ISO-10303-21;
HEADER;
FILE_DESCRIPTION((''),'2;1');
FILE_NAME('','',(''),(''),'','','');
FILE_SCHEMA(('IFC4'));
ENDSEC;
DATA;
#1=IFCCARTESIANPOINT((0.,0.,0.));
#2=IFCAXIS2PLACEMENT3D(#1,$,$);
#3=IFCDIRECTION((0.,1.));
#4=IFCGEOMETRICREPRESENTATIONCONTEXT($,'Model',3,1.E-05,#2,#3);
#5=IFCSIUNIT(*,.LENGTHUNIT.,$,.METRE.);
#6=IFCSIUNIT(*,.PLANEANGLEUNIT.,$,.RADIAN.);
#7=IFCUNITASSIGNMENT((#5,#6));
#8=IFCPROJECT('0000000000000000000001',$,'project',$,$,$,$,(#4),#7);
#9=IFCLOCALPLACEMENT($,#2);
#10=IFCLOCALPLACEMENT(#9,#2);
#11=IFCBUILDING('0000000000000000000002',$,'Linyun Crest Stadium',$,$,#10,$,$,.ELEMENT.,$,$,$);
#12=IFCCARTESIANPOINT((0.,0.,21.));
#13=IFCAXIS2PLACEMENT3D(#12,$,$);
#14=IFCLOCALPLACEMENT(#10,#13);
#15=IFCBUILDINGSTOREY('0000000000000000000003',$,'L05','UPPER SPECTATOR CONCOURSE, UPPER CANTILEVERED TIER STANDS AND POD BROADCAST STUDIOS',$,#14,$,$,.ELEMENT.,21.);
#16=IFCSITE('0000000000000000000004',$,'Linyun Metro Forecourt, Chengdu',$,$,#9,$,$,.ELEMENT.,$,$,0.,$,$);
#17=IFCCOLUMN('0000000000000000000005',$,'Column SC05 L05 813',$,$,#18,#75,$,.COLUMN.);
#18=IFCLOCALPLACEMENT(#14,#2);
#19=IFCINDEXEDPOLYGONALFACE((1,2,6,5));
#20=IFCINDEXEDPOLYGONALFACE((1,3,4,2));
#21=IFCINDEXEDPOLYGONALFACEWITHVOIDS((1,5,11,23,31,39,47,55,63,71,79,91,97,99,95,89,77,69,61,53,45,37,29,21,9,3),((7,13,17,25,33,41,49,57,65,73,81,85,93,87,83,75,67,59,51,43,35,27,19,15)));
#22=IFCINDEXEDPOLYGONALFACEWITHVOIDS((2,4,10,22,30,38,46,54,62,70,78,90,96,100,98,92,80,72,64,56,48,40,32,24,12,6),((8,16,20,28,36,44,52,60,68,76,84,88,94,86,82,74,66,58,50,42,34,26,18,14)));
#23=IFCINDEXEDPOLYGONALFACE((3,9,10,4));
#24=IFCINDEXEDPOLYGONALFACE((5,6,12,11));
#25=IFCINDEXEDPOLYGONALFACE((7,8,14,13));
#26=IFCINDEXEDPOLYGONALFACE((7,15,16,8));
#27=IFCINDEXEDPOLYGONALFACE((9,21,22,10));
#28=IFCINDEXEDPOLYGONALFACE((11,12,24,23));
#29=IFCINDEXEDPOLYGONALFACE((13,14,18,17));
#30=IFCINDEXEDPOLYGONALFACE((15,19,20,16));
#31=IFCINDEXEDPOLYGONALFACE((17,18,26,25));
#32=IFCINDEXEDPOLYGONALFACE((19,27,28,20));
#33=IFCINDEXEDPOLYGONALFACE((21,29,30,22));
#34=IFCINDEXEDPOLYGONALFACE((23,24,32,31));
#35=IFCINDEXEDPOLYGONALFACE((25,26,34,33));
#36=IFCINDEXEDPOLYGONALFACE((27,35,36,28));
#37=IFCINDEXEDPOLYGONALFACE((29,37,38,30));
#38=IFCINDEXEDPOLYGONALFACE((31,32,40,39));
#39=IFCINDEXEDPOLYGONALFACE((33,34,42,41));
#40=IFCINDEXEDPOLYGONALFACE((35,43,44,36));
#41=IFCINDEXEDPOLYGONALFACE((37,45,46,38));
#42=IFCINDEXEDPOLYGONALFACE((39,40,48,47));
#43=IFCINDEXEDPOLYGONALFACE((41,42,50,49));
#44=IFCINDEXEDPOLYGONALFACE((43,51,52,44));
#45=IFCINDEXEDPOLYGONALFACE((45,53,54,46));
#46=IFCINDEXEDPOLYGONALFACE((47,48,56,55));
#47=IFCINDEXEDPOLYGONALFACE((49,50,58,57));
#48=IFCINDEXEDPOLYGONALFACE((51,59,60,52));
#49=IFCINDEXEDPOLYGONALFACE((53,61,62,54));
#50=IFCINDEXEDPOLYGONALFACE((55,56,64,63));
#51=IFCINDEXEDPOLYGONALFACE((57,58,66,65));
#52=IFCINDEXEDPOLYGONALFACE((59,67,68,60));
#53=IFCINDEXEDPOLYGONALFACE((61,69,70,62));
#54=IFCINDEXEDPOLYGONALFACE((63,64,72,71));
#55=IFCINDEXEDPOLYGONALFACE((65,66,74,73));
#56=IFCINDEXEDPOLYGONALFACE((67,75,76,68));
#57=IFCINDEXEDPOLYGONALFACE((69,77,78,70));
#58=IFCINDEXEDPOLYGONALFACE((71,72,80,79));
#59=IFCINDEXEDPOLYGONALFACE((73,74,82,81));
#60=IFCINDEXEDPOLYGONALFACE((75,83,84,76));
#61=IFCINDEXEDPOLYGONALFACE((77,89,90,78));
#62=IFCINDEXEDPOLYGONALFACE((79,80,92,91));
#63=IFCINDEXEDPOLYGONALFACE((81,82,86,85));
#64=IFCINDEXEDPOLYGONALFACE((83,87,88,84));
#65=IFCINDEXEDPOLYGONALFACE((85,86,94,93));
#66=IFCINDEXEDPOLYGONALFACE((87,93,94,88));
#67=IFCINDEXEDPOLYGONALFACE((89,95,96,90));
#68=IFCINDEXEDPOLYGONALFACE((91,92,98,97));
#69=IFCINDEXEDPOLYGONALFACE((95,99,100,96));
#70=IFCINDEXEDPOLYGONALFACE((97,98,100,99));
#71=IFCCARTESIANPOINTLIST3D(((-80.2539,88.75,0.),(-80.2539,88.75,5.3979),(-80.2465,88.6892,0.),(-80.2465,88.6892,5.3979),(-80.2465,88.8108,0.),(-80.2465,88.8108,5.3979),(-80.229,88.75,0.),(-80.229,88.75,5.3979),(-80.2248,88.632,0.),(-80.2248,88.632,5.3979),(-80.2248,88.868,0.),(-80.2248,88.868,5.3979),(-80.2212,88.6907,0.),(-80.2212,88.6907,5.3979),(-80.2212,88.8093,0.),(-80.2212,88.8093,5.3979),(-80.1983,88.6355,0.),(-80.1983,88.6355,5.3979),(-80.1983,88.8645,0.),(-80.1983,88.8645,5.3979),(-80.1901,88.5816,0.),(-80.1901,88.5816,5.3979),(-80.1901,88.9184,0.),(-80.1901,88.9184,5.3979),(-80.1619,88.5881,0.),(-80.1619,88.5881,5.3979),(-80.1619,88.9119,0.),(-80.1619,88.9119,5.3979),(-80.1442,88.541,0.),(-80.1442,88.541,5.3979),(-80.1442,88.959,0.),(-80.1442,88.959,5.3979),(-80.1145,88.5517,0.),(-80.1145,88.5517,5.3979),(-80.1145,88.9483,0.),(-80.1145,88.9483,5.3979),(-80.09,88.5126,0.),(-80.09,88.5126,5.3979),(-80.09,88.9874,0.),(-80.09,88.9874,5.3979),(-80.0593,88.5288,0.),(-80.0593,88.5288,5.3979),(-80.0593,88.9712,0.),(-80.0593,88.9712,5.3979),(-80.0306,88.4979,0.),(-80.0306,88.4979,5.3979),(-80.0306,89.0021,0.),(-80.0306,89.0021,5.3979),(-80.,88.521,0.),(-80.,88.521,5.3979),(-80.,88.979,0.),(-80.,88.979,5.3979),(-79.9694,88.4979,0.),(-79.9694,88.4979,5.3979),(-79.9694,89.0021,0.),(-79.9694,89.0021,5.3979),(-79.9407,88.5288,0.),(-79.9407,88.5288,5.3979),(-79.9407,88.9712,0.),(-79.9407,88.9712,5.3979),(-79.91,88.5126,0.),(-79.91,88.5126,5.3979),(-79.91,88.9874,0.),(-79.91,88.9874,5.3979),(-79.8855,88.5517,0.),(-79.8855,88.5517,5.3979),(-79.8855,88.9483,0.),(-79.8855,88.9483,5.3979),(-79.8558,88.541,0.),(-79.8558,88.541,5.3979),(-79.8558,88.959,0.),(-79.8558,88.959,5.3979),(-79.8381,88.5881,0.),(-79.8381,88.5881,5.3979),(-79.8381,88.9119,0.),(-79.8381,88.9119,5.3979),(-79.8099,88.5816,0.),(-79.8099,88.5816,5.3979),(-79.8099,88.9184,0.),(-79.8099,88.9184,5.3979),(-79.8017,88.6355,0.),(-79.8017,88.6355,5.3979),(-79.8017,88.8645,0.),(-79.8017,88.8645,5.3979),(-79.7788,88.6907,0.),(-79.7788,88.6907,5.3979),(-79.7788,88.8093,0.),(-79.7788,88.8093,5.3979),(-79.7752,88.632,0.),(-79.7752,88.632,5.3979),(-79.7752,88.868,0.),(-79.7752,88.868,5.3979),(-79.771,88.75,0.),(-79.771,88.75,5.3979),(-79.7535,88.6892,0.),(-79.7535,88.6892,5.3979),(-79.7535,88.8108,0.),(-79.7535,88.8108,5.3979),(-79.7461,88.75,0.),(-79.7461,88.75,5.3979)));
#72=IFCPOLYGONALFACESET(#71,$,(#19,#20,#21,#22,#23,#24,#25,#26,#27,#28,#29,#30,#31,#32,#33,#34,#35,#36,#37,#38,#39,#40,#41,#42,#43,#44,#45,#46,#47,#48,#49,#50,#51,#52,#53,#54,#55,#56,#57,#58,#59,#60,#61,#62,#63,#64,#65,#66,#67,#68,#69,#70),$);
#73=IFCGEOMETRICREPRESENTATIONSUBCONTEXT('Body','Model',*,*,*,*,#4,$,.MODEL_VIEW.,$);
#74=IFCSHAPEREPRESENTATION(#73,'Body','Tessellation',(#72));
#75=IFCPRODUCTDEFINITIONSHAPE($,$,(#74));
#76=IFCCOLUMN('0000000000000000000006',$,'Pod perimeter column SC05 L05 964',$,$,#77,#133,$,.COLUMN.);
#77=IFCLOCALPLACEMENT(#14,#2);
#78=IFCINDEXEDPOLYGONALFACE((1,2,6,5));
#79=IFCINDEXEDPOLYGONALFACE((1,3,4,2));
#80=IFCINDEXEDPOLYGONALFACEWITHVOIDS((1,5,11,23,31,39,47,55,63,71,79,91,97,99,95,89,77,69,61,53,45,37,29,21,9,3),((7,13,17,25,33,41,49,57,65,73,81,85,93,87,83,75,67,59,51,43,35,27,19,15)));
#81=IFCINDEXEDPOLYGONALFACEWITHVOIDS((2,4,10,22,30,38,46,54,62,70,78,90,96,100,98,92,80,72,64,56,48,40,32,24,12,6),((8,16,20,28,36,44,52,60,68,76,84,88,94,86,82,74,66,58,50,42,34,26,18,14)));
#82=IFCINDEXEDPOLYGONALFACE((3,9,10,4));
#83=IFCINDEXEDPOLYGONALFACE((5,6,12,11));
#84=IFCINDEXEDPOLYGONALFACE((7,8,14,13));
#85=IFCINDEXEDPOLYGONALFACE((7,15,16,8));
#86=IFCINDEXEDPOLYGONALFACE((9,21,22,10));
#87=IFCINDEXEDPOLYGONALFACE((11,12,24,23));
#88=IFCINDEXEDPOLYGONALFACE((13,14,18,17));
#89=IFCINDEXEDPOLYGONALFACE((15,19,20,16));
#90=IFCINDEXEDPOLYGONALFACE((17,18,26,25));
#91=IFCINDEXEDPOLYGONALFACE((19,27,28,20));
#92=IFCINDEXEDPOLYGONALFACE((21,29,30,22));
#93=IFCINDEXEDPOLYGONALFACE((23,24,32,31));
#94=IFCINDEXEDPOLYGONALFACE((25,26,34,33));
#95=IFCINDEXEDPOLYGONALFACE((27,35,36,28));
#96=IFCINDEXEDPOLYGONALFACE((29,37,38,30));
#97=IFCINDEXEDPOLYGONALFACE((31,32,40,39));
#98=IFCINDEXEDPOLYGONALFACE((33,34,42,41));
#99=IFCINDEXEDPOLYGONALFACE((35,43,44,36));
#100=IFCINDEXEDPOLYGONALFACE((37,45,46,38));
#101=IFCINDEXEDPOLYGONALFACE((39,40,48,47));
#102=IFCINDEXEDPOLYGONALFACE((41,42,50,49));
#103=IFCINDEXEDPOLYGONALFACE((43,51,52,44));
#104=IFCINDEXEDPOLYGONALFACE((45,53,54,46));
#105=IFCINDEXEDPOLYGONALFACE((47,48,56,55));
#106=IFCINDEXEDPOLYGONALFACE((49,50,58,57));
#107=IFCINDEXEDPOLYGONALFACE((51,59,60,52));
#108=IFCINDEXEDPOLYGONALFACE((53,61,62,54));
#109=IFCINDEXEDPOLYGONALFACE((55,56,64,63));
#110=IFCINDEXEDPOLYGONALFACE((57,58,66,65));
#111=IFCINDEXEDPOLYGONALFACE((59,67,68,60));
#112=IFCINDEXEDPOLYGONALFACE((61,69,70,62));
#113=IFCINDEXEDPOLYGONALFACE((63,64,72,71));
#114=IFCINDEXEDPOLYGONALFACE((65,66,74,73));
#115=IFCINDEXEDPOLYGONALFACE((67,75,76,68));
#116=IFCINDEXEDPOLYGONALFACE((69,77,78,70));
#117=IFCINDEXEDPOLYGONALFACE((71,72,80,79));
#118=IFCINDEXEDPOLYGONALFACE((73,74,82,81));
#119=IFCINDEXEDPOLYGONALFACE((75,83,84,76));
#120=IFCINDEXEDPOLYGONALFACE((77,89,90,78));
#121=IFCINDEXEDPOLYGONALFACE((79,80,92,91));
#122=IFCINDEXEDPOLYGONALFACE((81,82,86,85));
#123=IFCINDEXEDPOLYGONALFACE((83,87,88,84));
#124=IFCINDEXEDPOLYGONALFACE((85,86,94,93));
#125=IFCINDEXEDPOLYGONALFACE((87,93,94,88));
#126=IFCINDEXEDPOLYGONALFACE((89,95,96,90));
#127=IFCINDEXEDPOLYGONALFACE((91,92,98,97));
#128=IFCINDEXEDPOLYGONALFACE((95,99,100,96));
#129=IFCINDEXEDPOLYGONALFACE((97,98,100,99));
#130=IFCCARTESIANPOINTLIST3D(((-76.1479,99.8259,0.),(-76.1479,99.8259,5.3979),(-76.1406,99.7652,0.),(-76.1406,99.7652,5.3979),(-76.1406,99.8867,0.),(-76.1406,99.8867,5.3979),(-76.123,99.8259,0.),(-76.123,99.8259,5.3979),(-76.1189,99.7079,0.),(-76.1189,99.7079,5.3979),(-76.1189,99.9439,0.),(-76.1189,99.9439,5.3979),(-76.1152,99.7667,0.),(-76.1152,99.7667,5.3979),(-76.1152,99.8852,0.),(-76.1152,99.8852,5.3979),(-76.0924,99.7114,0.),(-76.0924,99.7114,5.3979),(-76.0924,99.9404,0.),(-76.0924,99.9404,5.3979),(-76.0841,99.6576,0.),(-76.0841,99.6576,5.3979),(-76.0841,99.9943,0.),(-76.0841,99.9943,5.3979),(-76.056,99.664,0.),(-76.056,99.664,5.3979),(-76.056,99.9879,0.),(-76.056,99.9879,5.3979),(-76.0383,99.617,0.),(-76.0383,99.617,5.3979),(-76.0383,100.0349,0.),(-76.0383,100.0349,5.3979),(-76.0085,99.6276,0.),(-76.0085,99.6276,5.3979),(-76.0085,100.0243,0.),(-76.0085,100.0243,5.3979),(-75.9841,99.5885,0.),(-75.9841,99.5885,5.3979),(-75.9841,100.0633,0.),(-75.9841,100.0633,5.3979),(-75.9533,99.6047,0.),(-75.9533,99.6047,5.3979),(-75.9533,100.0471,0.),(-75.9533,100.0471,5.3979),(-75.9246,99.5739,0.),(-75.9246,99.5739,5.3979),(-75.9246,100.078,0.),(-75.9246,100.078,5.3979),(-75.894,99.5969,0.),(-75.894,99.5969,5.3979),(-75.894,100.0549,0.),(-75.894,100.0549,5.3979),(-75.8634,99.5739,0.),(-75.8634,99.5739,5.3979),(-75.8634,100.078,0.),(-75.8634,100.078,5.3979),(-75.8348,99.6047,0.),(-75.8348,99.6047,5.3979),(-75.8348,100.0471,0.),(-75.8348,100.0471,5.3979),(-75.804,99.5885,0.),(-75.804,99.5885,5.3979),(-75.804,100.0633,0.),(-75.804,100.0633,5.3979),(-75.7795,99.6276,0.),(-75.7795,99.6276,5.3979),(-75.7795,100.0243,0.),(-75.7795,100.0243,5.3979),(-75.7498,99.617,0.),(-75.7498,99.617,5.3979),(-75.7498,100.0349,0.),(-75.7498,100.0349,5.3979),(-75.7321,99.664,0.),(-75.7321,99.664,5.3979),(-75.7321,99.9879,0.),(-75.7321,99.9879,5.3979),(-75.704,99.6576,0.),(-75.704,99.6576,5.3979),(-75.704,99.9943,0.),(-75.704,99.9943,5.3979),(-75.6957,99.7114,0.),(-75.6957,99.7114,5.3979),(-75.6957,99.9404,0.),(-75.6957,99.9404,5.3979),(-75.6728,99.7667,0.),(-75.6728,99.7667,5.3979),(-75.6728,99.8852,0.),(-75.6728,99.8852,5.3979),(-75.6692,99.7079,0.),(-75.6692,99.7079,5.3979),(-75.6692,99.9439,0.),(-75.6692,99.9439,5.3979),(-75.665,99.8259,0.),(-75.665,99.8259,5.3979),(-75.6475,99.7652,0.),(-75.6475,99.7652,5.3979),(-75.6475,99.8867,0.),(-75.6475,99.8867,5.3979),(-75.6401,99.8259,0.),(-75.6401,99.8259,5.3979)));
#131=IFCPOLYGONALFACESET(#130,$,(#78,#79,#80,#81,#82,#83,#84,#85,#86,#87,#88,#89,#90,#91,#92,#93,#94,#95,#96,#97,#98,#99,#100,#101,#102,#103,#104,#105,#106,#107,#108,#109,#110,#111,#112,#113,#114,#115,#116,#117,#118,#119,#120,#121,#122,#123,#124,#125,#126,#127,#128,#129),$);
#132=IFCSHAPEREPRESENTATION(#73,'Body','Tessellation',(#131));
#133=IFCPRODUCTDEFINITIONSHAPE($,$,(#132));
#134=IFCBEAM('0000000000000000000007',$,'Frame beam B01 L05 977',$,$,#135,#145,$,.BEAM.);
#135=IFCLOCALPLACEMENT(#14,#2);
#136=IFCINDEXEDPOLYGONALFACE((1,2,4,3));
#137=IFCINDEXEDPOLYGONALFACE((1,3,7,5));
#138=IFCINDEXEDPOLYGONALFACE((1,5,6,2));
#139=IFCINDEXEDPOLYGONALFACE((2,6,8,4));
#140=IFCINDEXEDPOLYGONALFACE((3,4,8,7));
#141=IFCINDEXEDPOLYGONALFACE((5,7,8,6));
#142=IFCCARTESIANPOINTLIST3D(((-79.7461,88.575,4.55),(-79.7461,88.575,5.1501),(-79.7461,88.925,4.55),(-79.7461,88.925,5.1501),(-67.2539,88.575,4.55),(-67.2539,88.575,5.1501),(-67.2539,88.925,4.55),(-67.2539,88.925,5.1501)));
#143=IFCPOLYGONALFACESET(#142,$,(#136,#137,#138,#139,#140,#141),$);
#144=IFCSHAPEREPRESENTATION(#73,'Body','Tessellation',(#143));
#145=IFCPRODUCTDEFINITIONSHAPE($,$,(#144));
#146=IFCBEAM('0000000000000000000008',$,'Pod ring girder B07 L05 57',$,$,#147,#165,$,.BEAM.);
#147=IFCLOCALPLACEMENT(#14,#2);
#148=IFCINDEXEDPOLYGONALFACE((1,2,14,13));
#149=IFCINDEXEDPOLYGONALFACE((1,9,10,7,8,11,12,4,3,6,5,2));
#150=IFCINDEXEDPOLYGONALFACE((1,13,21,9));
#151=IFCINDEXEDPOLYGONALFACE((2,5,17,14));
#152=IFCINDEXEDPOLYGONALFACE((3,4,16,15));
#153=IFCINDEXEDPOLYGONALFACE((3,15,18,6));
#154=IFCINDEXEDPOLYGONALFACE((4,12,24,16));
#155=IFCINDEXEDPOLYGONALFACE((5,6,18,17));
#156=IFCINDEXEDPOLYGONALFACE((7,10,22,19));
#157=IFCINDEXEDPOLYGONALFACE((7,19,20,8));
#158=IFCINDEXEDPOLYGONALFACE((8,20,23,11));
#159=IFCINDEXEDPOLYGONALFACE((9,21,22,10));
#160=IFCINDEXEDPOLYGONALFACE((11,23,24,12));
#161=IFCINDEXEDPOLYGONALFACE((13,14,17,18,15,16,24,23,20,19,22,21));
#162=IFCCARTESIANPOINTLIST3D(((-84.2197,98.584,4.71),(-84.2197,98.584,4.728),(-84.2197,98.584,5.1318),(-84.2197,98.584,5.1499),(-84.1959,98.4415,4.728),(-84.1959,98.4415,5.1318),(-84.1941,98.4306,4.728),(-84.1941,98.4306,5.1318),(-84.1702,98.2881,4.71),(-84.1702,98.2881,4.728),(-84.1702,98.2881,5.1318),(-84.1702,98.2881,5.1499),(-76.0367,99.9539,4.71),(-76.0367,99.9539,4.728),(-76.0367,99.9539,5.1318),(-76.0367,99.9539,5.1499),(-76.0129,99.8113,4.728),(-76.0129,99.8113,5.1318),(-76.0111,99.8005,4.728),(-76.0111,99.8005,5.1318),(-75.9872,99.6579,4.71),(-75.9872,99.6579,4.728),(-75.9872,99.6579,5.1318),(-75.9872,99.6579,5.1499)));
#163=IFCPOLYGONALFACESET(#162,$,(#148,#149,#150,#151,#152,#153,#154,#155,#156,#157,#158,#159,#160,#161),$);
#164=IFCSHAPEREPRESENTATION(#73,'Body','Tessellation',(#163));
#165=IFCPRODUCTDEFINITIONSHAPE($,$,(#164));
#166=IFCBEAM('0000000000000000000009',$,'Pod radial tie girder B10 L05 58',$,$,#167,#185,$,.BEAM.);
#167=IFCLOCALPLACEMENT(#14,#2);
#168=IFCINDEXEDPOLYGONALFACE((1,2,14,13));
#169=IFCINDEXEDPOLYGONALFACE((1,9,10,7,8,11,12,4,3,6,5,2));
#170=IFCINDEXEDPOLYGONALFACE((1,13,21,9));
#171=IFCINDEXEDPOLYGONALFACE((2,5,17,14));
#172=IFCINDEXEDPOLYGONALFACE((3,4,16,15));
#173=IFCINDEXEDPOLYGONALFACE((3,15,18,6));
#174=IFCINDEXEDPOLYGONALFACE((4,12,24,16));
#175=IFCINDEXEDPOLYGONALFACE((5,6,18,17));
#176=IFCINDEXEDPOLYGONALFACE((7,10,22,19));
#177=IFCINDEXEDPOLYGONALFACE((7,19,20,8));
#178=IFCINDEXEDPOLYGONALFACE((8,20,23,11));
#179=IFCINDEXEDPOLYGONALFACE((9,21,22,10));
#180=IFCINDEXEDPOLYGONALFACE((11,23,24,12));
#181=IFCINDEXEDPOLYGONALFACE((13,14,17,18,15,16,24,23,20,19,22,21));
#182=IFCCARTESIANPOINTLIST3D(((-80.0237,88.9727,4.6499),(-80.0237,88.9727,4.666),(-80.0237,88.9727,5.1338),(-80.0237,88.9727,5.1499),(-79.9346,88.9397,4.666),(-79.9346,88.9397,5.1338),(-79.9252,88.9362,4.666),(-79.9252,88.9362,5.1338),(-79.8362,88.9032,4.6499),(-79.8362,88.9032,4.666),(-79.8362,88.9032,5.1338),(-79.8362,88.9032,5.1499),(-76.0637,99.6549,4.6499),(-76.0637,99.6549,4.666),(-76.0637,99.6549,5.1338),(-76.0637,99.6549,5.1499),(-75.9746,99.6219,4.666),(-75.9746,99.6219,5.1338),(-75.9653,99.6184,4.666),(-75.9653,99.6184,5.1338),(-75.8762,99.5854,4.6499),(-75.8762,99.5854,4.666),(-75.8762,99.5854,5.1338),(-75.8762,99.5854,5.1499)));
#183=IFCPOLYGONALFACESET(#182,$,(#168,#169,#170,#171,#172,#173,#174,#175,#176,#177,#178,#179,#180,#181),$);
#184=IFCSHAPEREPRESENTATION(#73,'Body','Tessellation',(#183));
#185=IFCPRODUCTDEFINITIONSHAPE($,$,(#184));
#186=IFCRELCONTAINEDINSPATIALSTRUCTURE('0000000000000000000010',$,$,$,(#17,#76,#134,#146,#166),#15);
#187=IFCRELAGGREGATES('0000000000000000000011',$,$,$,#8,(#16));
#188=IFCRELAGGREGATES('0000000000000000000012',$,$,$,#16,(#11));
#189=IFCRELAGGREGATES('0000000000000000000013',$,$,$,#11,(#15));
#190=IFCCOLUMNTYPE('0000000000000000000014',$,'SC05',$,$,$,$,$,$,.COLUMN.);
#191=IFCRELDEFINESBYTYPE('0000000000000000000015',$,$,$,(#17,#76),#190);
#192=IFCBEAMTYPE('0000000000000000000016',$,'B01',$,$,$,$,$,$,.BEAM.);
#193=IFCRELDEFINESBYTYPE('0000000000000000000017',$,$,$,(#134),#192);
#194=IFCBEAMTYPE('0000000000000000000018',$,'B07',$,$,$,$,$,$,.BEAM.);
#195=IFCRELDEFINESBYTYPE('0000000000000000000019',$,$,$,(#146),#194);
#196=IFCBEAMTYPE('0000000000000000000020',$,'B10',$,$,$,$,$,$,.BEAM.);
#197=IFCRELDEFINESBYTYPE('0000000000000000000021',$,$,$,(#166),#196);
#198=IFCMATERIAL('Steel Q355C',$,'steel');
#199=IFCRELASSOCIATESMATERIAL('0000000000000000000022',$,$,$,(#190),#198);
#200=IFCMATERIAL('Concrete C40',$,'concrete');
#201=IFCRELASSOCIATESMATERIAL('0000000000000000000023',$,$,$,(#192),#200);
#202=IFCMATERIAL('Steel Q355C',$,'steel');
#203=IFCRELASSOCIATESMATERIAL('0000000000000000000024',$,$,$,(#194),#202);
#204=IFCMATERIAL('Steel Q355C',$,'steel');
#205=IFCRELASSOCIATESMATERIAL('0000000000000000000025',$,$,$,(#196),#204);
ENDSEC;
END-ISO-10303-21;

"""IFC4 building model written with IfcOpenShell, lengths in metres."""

from ifc_helpers import new_model, si_unit, direction, frame, origin, origin_2d, place, context, subcontext, project, spatial, rectangle, hollow_circle, i_section, extrude, material, material_profile, profile_set, type_object, element, save


model = new_model("IFC4")

# Units and contexts
model_context = context("Model", 3, precision=1e-05, world=origin(), true_north=direction((0.0, 1.0)))
body_context = subcontext(model_context, "Body", "Model", "MODEL_VIEW")
ifc_project = project(units=[si_unit("LENGTHUNIT", "METRE"), si_unit("PLANEANGLEUNIT", "RADIAN")], contexts=[model_context])

# Site, building, storey
site_placement = place(None, origin())
site = spatial("IfcSite", under=ifc_project, at=site_placement, Name="Linyun Metro Forecourt, Chengdu", CompositionType="ELEMENT", RefElevation=0.0)
building_placement = place(site_placement, origin())
building = spatial("IfcBuilding", under=site, at=building_placement, Name="Linyun Crest Stadium", CompositionType="ELEMENT")
storey_placement = place(building_placement, frame((0.0, 0.0, 21.0)))
storey = spatial("IfcBuildingStorey", under=building, at=storey_placement, Name="L05", Description="UPPER SPECTATOR CONCOURSE, UPPER CANTILEVERED TIER STANDS AND POD BROADCAST STUDIOS", CompositionType="ELEMENT", Elevation=21.0)

# Columns
ifc_material_1 = material(Name="Steel Q355C", Category="steel")
ifc_material_profile_1 = material_profile(ifc_material_1, hollow_circle(Radius=0.2539, WallThickness=0.0249, at=origin_2d()), Name="CHS 508x25")
ifc_profile_set_1 = profile_set([ifc_material_profile_1], Name="Steel Q355C")
column_type = type_object("IfcColumnType", Name="SC05", PredefinedType="COLUMN", material=ifc_profile_set_1)
for number, where, z_axis, x_axis, name in (
    (1, (-80.0, 88.75, 0.0), (0.0, 0.0, 1.0), (1.0, 0.0, 0.0), "Column SC05 L05 813"),
    (2, (-75.894, 99.8259, 0.0), (0.0, 0.0, 1.0), (1.0, 0.0, 0.0), "Pod perimeter column SC05 L05 964"),
):
    element("IfcColumn", number, at=place(storey_placement, frame(where, z_axis=z_axis, x_axis=x_axis)), inside=storey, type_object=column_type, Name=name, PredefinedType="COLUMN", context=body_context, shape_type="SweptSolid", body=[
        extrude(hollow_circle(Radius=0.2539, WallThickness=0.0249, at=origin_2d()), origin(), (0.0, 0.0, 1.0), 5.3979),
    ])

# Beams
ifc_material_2 = material(Name="Concrete C40", Category="concrete")
ifc_material_profile_2 = material_profile(ifc_material_2, rectangle(XDim=0.3501, YDim=0.6001, at=origin_2d()), Name="RCB 600x350")
ifc_profile_set_2 = profile_set([ifc_material_profile_2], Name="Concrete C40")
beam_type_1 = type_object("IfcBeamType", Name="B01", PredefinedType="BEAM", material=ifc_profile_set_2)
beam_1_placement = place(storey_placement, frame((-79.7461, 88.75, 4.8501), z_axis=(1.0, 0.0, 0.0), x_axis=(0.0, 1.0, 0.0)))
element("IfcBeam", 3, at=beam_1_placement, inside=storey, type_object=beam_type_1, Name="Frame beam B01 L05 977", PredefinedType="BEAM", context=body_context, shape_type="SweptSolid", body=[
    extrude(rectangle(XDim=0.3501, YDim=0.6001, at=origin_2d()), origin(), (0.0, 0.0, 1.0), 12.4922),
])
ifc_material_3 = material(Name="Steel Q355C", Category="steel")
ifc_material_profile_3 = material_profile(ifc_material_3, i_section(OverallWidth=0.3, OverallDepth=0.4399, WebThickness=0.011, FlangeThickness=0.0181, at=origin_2d()), Name="HM 440x300")
ifc_profile_set_3 = profile_set([ifc_material_profile_3], Name="Steel Q355C")
beam_type_2 = type_object("IfcBeamType", Name="B07", PredefinedType="BEAM", material=ifc_profile_set_3)
beam_2_placement = place(storey_placement, frame((-76.012, 99.8059, 4.9299), z_axis=(-0.986276, -0.165105, 0.0), x_axis=(0.165105, -0.986276, 0.0)))
element("IfcBeam", 4, at=beam_2_placement, inside=storey, type_object=beam_type_2, Name="Pod ring girder B07 L05 57", PredefinedType="BEAM", context=body_context, shape_type="SweptSolid", body=[
    extrude(i_section(OverallWidth=0.3, OverallDepth=0.4399, WebThickness=0.011, FlangeThickness=0.0181, at=origin_2d()), origin(), (0.0, 0.0, 1.0), 8.2969),
])
ifc_material_4 = material(Name="Steel Q355C", Category="steel")
ifc_material_profile_4 = material_profile(ifc_material_4, i_section(OverallWidth=0.2, OverallDepth=0.5, WebThickness=0.01, FlangeThickness=0.0161, at=origin_2d()), Name="HN 500x200")
ifc_profile_set_4 = profile_set([ifc_material_profile_4], Name="Steel Q355C")
beam_type_3 = type_object("IfcBeamType", Name="B10", PredefinedType="BEAM", material=ifc_profile_set_4)
beam_3_placement = place(storey_placement, frame((-79.9299, 88.938, 4.8999), z_axis=(0.347594, 0.937645, 0.0), x_axis=(-0.937645, 0.347594, 0.0)))
element("IfcBeam", 5, at=beam_3_placement, inside=storey, type_object=beam_type_3, Name="Pod radial tie girder B10 L05 58", PredefinedType="BEAM", context=body_context, shape_type="SweptSolid", body=[
    extrude(i_section(OverallWidth=0.2, OverallDepth=0.5, WebThickness=0.01, FlangeThickness=0.0161, at=origin_2d()), origin(), (0.0, 0.0, 1.0), 11.3926),
])

save(model, "model.ifc")
